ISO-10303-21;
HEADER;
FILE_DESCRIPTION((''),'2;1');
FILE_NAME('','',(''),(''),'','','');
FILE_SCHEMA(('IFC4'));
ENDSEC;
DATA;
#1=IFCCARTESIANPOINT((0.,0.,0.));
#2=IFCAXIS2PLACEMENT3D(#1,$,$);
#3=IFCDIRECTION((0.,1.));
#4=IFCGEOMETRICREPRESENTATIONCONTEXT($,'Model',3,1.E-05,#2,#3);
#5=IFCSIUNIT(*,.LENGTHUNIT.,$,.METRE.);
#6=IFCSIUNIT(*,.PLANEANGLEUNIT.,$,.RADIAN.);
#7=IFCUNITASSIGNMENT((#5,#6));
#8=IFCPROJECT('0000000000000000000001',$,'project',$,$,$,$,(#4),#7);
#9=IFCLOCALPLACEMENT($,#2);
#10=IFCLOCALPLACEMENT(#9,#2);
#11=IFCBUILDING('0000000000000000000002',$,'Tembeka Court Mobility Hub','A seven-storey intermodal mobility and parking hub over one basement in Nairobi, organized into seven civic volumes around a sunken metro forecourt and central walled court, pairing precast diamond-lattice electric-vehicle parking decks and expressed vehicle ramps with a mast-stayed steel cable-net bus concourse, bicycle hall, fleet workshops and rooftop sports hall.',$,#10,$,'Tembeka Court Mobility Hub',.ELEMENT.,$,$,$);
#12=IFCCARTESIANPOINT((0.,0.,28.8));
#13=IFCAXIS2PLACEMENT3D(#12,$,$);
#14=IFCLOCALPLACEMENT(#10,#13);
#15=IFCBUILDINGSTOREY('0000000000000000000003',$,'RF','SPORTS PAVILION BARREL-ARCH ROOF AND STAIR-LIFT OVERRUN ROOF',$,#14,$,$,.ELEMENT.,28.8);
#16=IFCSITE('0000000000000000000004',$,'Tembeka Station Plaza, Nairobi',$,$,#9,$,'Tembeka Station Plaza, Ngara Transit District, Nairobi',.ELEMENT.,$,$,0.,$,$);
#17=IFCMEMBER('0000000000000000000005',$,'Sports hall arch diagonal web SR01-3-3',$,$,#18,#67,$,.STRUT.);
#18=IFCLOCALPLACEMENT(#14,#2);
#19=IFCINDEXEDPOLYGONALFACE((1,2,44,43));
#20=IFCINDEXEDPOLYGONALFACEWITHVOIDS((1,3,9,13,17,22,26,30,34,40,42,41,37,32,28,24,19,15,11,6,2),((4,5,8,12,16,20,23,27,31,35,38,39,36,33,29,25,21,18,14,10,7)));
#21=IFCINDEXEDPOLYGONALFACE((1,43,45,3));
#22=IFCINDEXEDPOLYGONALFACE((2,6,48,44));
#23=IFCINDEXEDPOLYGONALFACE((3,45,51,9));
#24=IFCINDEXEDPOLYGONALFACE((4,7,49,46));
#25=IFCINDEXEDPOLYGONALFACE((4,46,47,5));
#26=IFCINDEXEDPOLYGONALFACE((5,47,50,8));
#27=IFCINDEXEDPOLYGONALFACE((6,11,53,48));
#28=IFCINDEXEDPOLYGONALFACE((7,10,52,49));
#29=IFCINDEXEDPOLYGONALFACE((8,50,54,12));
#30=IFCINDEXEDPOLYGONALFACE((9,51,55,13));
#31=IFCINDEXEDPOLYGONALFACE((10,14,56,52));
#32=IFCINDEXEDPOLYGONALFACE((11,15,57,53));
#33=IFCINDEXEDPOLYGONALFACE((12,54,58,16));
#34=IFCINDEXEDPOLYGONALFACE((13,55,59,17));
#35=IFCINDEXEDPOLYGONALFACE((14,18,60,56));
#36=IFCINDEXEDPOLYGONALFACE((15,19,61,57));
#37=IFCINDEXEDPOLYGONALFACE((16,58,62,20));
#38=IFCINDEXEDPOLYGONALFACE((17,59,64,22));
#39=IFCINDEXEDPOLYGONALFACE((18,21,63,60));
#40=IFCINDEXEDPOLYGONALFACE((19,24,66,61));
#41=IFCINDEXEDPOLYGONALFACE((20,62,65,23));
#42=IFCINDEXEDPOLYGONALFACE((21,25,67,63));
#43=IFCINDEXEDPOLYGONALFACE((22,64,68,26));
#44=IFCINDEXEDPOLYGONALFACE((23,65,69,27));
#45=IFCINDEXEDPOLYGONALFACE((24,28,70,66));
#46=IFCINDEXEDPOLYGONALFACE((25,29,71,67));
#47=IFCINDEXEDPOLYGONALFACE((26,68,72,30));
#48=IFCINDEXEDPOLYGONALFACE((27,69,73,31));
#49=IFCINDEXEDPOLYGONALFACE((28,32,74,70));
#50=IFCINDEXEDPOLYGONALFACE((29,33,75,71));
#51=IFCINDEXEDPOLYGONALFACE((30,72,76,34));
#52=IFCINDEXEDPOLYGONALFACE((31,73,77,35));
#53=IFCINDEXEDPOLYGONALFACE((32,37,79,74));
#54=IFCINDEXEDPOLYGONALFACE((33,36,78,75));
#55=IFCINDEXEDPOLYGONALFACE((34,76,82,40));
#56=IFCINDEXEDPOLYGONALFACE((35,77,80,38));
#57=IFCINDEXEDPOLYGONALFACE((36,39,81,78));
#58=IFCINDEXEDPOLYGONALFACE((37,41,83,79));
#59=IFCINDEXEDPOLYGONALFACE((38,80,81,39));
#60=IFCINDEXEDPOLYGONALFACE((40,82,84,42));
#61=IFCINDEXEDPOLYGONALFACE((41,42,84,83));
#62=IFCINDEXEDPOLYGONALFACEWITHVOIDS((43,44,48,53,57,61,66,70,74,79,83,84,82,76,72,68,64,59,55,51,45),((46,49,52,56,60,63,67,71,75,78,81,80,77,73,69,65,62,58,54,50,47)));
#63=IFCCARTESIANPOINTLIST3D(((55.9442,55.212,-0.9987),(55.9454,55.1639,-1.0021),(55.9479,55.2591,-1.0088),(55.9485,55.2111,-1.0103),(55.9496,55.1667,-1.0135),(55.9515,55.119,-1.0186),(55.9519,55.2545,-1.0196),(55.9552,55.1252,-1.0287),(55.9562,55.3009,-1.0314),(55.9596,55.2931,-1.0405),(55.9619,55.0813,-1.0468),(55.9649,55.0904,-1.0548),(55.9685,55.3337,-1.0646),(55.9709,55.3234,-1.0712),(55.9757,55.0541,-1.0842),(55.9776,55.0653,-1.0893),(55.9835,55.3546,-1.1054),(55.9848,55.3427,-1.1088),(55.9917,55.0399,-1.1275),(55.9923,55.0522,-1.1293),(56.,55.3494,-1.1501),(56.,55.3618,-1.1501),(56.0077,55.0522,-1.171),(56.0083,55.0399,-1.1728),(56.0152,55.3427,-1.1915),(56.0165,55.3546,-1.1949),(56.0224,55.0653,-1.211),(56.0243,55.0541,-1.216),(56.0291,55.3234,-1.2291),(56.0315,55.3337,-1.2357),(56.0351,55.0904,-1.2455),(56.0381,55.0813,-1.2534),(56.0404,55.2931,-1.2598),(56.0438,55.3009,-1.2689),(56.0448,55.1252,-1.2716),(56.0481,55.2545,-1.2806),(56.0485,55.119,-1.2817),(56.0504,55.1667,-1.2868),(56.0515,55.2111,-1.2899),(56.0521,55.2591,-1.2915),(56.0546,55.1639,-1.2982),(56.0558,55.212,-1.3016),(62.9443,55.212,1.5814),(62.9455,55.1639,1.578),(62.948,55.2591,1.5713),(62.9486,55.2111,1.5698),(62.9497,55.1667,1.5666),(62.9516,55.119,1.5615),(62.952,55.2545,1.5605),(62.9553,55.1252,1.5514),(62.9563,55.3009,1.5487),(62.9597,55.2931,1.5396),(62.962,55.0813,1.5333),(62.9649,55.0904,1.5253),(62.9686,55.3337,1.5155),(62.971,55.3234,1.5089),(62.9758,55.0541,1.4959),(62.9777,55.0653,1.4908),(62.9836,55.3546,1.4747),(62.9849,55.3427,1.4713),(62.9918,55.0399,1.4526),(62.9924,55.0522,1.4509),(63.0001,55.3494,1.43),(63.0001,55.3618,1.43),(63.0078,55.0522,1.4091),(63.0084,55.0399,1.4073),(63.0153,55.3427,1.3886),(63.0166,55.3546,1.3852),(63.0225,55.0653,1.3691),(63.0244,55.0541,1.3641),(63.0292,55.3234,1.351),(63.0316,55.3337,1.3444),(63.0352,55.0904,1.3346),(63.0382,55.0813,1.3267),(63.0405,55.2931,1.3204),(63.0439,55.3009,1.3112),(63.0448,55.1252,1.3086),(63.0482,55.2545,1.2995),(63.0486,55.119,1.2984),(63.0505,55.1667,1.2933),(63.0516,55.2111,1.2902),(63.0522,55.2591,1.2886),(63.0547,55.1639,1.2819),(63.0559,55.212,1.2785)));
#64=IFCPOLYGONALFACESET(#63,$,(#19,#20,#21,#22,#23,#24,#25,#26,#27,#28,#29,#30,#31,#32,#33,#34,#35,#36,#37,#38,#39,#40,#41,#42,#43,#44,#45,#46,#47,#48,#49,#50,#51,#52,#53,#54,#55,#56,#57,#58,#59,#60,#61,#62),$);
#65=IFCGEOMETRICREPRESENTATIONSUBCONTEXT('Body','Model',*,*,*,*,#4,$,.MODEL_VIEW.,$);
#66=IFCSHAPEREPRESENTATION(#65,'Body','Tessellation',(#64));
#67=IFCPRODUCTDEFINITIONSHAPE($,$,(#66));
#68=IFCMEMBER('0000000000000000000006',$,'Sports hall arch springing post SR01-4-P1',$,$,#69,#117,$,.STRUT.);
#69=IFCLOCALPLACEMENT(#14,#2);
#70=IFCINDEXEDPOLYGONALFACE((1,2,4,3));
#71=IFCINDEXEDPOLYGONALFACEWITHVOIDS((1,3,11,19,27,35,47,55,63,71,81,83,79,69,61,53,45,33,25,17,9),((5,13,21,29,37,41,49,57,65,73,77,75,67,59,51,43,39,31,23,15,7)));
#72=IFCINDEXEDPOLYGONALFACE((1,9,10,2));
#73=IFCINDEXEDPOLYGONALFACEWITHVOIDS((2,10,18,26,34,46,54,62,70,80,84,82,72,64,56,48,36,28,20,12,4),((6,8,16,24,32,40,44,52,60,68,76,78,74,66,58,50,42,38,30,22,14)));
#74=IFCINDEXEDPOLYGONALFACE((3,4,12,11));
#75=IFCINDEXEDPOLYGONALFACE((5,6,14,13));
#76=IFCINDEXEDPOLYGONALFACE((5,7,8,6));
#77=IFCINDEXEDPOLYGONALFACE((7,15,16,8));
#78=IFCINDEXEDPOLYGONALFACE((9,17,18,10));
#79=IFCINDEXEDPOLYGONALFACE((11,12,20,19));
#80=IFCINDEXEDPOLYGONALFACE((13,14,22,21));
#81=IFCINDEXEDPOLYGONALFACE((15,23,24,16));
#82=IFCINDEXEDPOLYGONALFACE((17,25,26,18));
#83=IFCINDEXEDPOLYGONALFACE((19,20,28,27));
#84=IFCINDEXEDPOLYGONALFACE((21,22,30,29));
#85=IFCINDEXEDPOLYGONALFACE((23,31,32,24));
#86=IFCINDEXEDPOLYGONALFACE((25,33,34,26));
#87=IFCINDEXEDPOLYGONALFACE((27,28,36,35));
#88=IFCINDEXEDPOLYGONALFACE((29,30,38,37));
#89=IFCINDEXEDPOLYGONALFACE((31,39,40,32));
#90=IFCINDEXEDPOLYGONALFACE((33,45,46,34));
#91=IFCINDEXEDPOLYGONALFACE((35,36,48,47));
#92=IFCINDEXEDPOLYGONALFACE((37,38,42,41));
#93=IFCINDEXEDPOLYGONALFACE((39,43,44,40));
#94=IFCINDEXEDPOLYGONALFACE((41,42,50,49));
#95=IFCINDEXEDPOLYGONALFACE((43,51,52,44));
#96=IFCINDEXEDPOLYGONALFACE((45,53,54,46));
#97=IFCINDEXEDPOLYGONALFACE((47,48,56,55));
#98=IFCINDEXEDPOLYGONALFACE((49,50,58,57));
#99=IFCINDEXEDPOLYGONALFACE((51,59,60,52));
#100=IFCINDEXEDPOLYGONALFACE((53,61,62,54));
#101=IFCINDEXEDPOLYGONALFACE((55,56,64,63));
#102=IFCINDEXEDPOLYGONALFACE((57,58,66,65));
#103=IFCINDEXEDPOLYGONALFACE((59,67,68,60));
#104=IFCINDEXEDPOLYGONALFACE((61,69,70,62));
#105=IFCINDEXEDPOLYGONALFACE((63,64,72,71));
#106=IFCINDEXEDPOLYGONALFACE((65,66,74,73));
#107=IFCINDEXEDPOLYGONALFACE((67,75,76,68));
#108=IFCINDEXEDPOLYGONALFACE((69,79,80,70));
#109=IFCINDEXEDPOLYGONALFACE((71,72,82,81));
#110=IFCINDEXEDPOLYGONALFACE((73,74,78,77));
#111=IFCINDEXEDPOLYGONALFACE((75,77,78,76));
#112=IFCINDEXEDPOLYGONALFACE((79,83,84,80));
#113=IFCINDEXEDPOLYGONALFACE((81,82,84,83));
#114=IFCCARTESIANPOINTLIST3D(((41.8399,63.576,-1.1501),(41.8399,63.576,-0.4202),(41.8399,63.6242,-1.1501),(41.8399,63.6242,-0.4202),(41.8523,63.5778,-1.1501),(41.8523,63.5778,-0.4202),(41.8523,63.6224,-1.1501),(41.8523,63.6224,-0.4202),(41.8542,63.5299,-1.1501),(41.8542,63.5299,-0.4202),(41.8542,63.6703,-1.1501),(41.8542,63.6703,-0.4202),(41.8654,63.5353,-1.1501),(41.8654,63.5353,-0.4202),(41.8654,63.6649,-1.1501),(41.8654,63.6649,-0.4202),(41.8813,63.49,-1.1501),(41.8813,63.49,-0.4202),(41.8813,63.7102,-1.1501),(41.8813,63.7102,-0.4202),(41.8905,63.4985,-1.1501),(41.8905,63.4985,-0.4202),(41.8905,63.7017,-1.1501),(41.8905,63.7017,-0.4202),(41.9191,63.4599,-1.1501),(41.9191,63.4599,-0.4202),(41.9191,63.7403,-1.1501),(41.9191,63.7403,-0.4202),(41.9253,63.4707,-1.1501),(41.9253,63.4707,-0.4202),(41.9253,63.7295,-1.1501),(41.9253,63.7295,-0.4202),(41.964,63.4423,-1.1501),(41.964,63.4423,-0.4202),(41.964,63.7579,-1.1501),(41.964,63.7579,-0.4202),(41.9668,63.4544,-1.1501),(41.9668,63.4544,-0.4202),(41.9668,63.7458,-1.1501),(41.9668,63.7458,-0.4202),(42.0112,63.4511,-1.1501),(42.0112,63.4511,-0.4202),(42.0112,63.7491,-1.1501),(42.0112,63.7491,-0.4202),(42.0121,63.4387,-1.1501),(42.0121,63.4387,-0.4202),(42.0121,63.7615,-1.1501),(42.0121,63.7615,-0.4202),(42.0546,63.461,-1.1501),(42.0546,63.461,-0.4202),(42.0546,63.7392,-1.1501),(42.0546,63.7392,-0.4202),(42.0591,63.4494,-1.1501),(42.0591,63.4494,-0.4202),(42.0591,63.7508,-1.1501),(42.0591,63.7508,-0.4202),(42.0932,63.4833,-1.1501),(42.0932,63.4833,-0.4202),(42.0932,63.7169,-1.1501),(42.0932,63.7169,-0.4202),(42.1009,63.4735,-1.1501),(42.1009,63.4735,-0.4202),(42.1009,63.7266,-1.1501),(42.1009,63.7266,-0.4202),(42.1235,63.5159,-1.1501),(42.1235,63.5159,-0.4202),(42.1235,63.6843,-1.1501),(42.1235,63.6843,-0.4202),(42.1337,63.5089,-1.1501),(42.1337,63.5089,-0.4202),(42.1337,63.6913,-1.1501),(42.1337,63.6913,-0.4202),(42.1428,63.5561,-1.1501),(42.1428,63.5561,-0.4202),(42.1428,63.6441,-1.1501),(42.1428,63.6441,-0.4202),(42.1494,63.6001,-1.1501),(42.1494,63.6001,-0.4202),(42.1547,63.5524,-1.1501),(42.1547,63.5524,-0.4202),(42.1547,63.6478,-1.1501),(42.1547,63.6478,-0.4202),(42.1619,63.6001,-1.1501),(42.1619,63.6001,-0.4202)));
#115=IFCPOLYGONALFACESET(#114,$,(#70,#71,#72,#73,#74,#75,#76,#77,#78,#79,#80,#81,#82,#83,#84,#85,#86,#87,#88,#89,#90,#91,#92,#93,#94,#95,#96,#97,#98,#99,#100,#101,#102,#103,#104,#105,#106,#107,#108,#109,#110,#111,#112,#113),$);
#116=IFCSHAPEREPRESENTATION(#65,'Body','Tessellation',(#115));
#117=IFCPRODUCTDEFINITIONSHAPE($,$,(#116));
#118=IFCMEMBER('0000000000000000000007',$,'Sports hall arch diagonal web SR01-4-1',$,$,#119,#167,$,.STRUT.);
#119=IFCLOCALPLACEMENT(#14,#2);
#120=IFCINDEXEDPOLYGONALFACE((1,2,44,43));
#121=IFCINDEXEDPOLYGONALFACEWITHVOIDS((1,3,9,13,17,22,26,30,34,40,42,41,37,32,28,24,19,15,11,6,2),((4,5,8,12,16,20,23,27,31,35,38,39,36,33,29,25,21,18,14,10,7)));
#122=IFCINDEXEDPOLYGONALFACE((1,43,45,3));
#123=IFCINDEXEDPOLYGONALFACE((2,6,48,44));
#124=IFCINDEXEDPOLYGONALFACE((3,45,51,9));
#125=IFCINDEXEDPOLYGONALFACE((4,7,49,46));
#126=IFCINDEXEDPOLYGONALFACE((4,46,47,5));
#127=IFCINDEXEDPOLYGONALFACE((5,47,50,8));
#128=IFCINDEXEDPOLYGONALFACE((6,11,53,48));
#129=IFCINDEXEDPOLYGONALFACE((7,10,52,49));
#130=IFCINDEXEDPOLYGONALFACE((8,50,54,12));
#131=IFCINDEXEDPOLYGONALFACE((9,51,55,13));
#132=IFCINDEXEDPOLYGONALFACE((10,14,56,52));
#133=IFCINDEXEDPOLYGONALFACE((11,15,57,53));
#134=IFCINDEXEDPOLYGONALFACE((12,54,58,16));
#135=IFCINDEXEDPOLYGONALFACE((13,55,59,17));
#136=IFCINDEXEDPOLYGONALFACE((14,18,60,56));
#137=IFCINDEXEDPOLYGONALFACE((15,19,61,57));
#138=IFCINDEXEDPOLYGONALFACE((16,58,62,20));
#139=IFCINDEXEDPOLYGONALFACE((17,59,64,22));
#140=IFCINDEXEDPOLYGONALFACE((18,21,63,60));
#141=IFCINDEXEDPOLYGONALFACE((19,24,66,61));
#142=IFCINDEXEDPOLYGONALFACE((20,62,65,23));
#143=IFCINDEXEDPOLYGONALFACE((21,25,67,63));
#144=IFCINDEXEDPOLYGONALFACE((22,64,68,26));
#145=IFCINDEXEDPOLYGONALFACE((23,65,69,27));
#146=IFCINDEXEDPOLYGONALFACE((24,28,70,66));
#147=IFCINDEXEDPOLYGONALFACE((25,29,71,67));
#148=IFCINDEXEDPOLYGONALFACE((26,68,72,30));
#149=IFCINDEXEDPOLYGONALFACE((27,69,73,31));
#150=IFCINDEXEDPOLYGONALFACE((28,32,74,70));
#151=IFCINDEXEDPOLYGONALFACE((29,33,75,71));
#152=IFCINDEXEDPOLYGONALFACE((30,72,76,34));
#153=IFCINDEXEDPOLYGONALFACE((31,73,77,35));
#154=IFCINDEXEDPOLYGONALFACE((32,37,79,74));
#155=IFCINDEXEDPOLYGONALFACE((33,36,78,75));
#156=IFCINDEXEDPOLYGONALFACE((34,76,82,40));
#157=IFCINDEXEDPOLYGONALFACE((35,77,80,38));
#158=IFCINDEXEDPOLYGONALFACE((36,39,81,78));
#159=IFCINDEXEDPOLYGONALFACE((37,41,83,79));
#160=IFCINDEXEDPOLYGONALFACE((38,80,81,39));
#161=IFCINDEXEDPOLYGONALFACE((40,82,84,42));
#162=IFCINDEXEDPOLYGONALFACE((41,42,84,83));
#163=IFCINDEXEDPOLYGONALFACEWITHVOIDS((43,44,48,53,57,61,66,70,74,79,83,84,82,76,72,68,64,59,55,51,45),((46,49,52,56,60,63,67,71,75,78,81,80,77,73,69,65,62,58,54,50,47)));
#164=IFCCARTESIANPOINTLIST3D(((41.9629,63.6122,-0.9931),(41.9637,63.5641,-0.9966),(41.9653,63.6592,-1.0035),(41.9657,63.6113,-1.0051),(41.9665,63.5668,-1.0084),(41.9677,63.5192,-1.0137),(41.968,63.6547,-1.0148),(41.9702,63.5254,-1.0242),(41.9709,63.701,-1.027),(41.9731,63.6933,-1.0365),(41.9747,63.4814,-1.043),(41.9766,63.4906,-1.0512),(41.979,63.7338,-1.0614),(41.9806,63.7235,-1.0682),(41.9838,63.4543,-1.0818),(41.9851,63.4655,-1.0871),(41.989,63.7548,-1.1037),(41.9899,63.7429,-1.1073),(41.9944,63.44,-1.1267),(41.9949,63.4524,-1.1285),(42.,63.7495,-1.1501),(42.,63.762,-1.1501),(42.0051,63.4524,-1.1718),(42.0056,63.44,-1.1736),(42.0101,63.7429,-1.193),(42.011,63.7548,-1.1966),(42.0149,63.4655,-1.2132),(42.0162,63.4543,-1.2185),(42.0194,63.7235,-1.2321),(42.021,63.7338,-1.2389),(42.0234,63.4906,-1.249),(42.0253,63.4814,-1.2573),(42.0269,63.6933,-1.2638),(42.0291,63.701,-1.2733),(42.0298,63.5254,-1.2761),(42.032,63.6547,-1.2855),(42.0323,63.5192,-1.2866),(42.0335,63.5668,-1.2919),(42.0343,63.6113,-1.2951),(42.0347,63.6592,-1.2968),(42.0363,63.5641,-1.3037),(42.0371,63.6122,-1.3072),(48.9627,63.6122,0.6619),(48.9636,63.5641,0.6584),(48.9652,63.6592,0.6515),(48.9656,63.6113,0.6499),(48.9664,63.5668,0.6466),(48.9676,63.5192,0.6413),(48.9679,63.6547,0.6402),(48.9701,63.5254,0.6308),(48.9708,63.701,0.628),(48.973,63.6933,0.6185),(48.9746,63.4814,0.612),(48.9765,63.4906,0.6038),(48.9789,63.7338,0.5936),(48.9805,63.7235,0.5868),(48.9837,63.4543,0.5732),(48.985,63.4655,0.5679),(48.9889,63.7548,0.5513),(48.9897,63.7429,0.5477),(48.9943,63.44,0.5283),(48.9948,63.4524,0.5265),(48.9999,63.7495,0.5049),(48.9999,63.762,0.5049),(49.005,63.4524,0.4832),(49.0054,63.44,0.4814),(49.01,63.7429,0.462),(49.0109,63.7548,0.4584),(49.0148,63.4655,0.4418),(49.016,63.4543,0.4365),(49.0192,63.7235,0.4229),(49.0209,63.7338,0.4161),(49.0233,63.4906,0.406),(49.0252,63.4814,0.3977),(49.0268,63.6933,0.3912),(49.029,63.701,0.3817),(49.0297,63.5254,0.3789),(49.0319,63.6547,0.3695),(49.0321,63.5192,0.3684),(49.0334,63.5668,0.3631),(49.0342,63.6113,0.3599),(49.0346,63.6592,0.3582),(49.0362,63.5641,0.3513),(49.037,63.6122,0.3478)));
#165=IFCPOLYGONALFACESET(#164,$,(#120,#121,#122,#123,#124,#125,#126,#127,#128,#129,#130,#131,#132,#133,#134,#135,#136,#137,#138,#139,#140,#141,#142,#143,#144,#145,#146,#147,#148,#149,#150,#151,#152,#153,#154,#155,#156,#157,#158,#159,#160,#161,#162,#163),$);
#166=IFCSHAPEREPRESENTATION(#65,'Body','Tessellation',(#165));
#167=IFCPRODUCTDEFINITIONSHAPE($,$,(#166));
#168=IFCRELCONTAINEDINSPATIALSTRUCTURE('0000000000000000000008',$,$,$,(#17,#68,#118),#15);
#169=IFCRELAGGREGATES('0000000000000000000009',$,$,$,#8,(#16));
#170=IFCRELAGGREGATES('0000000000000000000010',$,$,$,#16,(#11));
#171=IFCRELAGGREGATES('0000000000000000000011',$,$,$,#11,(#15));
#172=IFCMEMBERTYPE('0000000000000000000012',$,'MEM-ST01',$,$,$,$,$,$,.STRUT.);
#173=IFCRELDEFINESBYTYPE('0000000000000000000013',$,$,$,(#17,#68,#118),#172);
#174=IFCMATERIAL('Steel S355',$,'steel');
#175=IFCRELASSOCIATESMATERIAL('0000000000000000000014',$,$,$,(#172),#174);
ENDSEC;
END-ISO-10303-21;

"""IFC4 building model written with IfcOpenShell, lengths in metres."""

from ifc_helpers import new_model, si_unit, direction, frame, origin, origin_2d, place, context, subcontext, project, spatial, hollow_circle, extrude, material, material_profile, profile_set, type_object, element, save


model = new_model("IFC4")

# Units and contexts
model_context = context("Model", 3, precision=1e-05, world=origin(), true_north=direction((0.0, 1.0)))
body_context = subcontext(model_context, "Body", "Model", "MODEL_VIEW")
ifc_project = project(units=[si_unit("LENGTHUNIT", "METRE"), si_unit("PLANEANGLEUNIT", "RADIAN")], contexts=[model_context])

# Site, building, storey
site_placement = place(None, origin())
site = spatial("IfcSite", under=ifc_project, at=site_placement, Name="Tembeka Station Plaza, Nairobi", LongName="Tembeka Station Plaza, Ngara Transit District, Nairobi", CompositionType="ELEMENT", RefElevation=0.0)
building_placement = place(site_placement, origin())
building = spatial("IfcBuilding", under=site, at=building_placement, Name="Tembeka Court Mobility Hub", Description="A seven-storey intermodal mobility and parking hub over one basement in Nairobi, organized into seven civic volumes around a sunken metro forecourt and central walled court, pairing precast diamond-lattice electric-vehicle parking decks and expressed vehicle ramps with a mast-stayed steel cable-net bus concourse, bicycle hall, fleet workshops and rooftop sports hall.", LongName="Tembeka Court Mobility Hub", CompositionType="ELEMENT")
storey_placement = place(building_placement, frame((0.0, 0.0, 28.8)))
storey = spatial("IfcBuildingStorey", under=building, at=storey_placement, Name="RF", Description="SPORTS PAVILION BARREL-ARCH ROOF AND STAIR-LIFT OVERRUN ROOF", CompositionType="ELEMENT", Elevation=28.8)

# Shared definitions
ifc_material_1 = material(Name="Steel S355", Category="steel")

# Members
ifc_material_profile_1 = material_profile(ifc_material_1, hollow_circle(Radius=0.1619, WallThickness=0.0125, at=origin_2d()), Name="CHS 323.9x12.5")
ifc_profile_set_1 = profile_set([ifc_material_profile_1], Name="Steel S355")
member_type = type_object("IfcMemberType", Name="MEM-ST01", PredefinedType="STRUT", material=ifc_profile_set_1)
member_1_placement = place(storey_placement, frame((56.0, 55.2, -1.1501), z_axis=(0.938294, 0.0, 0.345839), x_axis=(0.0, 1.0, 0.0)))
element("IfcMember", 1, at=member_1_placement, inside=storey, type_object=member_type, Name="Sports hall arch diagonal web SR01-3-3", PredefinedType="STRUT", context=body_context, shape_type="SweptSolid", body=[
    extrude(hollow_circle(Radius=0.1619, WallThickness=0.0125, at=origin_2d()), origin(), (0.0, 0.0, 1.0), 7.4604),
])
member_2_placement = place(storey_placement, frame((42.0, 63.6001, -1.1501), z_axis=(0.0, 0.0, 1.0), x_axis=(1.0, 0.0, 0.0)))
element("IfcMember", 2, at=member_2_placement, inside=storey, type_object=member_type, Name="Sports hall arch springing post SR01-4-P1", PredefinedType="STRUT", context=body_context, shape_type="SweptSolid", body=[
    extrude(hollow_circle(Radius=0.1619, WallThickness=0.0125, at=origin_2d()), origin(), (0.0, 0.0, 1.0), 0.73),
])
for number, where, z_axis, x_axis, name in (
    (3, (42.0, 63.6001, -1.1501), (0.97317, 0.0, 0.230089), (0.0, 1.0, 0.0), "Sports hall arch diagonal web SR01-4-1"),
):
    element("IfcMember", number, at=place(storey_placement, frame(where, z_axis=z_axis, x_axis=x_axis)), inside=storey, type_object=member_type, Name=name, PredefinedType="STRUT", context=body_context, shape_type="SweptSolid", body=[
        extrude(hollow_circle(Radius=0.1619, WallThickness=0.0125, at=origin_2d()), origin(), (0.0, 0.0, 1.0), 7.1929),
    ])

save(model, "model.ifc")
